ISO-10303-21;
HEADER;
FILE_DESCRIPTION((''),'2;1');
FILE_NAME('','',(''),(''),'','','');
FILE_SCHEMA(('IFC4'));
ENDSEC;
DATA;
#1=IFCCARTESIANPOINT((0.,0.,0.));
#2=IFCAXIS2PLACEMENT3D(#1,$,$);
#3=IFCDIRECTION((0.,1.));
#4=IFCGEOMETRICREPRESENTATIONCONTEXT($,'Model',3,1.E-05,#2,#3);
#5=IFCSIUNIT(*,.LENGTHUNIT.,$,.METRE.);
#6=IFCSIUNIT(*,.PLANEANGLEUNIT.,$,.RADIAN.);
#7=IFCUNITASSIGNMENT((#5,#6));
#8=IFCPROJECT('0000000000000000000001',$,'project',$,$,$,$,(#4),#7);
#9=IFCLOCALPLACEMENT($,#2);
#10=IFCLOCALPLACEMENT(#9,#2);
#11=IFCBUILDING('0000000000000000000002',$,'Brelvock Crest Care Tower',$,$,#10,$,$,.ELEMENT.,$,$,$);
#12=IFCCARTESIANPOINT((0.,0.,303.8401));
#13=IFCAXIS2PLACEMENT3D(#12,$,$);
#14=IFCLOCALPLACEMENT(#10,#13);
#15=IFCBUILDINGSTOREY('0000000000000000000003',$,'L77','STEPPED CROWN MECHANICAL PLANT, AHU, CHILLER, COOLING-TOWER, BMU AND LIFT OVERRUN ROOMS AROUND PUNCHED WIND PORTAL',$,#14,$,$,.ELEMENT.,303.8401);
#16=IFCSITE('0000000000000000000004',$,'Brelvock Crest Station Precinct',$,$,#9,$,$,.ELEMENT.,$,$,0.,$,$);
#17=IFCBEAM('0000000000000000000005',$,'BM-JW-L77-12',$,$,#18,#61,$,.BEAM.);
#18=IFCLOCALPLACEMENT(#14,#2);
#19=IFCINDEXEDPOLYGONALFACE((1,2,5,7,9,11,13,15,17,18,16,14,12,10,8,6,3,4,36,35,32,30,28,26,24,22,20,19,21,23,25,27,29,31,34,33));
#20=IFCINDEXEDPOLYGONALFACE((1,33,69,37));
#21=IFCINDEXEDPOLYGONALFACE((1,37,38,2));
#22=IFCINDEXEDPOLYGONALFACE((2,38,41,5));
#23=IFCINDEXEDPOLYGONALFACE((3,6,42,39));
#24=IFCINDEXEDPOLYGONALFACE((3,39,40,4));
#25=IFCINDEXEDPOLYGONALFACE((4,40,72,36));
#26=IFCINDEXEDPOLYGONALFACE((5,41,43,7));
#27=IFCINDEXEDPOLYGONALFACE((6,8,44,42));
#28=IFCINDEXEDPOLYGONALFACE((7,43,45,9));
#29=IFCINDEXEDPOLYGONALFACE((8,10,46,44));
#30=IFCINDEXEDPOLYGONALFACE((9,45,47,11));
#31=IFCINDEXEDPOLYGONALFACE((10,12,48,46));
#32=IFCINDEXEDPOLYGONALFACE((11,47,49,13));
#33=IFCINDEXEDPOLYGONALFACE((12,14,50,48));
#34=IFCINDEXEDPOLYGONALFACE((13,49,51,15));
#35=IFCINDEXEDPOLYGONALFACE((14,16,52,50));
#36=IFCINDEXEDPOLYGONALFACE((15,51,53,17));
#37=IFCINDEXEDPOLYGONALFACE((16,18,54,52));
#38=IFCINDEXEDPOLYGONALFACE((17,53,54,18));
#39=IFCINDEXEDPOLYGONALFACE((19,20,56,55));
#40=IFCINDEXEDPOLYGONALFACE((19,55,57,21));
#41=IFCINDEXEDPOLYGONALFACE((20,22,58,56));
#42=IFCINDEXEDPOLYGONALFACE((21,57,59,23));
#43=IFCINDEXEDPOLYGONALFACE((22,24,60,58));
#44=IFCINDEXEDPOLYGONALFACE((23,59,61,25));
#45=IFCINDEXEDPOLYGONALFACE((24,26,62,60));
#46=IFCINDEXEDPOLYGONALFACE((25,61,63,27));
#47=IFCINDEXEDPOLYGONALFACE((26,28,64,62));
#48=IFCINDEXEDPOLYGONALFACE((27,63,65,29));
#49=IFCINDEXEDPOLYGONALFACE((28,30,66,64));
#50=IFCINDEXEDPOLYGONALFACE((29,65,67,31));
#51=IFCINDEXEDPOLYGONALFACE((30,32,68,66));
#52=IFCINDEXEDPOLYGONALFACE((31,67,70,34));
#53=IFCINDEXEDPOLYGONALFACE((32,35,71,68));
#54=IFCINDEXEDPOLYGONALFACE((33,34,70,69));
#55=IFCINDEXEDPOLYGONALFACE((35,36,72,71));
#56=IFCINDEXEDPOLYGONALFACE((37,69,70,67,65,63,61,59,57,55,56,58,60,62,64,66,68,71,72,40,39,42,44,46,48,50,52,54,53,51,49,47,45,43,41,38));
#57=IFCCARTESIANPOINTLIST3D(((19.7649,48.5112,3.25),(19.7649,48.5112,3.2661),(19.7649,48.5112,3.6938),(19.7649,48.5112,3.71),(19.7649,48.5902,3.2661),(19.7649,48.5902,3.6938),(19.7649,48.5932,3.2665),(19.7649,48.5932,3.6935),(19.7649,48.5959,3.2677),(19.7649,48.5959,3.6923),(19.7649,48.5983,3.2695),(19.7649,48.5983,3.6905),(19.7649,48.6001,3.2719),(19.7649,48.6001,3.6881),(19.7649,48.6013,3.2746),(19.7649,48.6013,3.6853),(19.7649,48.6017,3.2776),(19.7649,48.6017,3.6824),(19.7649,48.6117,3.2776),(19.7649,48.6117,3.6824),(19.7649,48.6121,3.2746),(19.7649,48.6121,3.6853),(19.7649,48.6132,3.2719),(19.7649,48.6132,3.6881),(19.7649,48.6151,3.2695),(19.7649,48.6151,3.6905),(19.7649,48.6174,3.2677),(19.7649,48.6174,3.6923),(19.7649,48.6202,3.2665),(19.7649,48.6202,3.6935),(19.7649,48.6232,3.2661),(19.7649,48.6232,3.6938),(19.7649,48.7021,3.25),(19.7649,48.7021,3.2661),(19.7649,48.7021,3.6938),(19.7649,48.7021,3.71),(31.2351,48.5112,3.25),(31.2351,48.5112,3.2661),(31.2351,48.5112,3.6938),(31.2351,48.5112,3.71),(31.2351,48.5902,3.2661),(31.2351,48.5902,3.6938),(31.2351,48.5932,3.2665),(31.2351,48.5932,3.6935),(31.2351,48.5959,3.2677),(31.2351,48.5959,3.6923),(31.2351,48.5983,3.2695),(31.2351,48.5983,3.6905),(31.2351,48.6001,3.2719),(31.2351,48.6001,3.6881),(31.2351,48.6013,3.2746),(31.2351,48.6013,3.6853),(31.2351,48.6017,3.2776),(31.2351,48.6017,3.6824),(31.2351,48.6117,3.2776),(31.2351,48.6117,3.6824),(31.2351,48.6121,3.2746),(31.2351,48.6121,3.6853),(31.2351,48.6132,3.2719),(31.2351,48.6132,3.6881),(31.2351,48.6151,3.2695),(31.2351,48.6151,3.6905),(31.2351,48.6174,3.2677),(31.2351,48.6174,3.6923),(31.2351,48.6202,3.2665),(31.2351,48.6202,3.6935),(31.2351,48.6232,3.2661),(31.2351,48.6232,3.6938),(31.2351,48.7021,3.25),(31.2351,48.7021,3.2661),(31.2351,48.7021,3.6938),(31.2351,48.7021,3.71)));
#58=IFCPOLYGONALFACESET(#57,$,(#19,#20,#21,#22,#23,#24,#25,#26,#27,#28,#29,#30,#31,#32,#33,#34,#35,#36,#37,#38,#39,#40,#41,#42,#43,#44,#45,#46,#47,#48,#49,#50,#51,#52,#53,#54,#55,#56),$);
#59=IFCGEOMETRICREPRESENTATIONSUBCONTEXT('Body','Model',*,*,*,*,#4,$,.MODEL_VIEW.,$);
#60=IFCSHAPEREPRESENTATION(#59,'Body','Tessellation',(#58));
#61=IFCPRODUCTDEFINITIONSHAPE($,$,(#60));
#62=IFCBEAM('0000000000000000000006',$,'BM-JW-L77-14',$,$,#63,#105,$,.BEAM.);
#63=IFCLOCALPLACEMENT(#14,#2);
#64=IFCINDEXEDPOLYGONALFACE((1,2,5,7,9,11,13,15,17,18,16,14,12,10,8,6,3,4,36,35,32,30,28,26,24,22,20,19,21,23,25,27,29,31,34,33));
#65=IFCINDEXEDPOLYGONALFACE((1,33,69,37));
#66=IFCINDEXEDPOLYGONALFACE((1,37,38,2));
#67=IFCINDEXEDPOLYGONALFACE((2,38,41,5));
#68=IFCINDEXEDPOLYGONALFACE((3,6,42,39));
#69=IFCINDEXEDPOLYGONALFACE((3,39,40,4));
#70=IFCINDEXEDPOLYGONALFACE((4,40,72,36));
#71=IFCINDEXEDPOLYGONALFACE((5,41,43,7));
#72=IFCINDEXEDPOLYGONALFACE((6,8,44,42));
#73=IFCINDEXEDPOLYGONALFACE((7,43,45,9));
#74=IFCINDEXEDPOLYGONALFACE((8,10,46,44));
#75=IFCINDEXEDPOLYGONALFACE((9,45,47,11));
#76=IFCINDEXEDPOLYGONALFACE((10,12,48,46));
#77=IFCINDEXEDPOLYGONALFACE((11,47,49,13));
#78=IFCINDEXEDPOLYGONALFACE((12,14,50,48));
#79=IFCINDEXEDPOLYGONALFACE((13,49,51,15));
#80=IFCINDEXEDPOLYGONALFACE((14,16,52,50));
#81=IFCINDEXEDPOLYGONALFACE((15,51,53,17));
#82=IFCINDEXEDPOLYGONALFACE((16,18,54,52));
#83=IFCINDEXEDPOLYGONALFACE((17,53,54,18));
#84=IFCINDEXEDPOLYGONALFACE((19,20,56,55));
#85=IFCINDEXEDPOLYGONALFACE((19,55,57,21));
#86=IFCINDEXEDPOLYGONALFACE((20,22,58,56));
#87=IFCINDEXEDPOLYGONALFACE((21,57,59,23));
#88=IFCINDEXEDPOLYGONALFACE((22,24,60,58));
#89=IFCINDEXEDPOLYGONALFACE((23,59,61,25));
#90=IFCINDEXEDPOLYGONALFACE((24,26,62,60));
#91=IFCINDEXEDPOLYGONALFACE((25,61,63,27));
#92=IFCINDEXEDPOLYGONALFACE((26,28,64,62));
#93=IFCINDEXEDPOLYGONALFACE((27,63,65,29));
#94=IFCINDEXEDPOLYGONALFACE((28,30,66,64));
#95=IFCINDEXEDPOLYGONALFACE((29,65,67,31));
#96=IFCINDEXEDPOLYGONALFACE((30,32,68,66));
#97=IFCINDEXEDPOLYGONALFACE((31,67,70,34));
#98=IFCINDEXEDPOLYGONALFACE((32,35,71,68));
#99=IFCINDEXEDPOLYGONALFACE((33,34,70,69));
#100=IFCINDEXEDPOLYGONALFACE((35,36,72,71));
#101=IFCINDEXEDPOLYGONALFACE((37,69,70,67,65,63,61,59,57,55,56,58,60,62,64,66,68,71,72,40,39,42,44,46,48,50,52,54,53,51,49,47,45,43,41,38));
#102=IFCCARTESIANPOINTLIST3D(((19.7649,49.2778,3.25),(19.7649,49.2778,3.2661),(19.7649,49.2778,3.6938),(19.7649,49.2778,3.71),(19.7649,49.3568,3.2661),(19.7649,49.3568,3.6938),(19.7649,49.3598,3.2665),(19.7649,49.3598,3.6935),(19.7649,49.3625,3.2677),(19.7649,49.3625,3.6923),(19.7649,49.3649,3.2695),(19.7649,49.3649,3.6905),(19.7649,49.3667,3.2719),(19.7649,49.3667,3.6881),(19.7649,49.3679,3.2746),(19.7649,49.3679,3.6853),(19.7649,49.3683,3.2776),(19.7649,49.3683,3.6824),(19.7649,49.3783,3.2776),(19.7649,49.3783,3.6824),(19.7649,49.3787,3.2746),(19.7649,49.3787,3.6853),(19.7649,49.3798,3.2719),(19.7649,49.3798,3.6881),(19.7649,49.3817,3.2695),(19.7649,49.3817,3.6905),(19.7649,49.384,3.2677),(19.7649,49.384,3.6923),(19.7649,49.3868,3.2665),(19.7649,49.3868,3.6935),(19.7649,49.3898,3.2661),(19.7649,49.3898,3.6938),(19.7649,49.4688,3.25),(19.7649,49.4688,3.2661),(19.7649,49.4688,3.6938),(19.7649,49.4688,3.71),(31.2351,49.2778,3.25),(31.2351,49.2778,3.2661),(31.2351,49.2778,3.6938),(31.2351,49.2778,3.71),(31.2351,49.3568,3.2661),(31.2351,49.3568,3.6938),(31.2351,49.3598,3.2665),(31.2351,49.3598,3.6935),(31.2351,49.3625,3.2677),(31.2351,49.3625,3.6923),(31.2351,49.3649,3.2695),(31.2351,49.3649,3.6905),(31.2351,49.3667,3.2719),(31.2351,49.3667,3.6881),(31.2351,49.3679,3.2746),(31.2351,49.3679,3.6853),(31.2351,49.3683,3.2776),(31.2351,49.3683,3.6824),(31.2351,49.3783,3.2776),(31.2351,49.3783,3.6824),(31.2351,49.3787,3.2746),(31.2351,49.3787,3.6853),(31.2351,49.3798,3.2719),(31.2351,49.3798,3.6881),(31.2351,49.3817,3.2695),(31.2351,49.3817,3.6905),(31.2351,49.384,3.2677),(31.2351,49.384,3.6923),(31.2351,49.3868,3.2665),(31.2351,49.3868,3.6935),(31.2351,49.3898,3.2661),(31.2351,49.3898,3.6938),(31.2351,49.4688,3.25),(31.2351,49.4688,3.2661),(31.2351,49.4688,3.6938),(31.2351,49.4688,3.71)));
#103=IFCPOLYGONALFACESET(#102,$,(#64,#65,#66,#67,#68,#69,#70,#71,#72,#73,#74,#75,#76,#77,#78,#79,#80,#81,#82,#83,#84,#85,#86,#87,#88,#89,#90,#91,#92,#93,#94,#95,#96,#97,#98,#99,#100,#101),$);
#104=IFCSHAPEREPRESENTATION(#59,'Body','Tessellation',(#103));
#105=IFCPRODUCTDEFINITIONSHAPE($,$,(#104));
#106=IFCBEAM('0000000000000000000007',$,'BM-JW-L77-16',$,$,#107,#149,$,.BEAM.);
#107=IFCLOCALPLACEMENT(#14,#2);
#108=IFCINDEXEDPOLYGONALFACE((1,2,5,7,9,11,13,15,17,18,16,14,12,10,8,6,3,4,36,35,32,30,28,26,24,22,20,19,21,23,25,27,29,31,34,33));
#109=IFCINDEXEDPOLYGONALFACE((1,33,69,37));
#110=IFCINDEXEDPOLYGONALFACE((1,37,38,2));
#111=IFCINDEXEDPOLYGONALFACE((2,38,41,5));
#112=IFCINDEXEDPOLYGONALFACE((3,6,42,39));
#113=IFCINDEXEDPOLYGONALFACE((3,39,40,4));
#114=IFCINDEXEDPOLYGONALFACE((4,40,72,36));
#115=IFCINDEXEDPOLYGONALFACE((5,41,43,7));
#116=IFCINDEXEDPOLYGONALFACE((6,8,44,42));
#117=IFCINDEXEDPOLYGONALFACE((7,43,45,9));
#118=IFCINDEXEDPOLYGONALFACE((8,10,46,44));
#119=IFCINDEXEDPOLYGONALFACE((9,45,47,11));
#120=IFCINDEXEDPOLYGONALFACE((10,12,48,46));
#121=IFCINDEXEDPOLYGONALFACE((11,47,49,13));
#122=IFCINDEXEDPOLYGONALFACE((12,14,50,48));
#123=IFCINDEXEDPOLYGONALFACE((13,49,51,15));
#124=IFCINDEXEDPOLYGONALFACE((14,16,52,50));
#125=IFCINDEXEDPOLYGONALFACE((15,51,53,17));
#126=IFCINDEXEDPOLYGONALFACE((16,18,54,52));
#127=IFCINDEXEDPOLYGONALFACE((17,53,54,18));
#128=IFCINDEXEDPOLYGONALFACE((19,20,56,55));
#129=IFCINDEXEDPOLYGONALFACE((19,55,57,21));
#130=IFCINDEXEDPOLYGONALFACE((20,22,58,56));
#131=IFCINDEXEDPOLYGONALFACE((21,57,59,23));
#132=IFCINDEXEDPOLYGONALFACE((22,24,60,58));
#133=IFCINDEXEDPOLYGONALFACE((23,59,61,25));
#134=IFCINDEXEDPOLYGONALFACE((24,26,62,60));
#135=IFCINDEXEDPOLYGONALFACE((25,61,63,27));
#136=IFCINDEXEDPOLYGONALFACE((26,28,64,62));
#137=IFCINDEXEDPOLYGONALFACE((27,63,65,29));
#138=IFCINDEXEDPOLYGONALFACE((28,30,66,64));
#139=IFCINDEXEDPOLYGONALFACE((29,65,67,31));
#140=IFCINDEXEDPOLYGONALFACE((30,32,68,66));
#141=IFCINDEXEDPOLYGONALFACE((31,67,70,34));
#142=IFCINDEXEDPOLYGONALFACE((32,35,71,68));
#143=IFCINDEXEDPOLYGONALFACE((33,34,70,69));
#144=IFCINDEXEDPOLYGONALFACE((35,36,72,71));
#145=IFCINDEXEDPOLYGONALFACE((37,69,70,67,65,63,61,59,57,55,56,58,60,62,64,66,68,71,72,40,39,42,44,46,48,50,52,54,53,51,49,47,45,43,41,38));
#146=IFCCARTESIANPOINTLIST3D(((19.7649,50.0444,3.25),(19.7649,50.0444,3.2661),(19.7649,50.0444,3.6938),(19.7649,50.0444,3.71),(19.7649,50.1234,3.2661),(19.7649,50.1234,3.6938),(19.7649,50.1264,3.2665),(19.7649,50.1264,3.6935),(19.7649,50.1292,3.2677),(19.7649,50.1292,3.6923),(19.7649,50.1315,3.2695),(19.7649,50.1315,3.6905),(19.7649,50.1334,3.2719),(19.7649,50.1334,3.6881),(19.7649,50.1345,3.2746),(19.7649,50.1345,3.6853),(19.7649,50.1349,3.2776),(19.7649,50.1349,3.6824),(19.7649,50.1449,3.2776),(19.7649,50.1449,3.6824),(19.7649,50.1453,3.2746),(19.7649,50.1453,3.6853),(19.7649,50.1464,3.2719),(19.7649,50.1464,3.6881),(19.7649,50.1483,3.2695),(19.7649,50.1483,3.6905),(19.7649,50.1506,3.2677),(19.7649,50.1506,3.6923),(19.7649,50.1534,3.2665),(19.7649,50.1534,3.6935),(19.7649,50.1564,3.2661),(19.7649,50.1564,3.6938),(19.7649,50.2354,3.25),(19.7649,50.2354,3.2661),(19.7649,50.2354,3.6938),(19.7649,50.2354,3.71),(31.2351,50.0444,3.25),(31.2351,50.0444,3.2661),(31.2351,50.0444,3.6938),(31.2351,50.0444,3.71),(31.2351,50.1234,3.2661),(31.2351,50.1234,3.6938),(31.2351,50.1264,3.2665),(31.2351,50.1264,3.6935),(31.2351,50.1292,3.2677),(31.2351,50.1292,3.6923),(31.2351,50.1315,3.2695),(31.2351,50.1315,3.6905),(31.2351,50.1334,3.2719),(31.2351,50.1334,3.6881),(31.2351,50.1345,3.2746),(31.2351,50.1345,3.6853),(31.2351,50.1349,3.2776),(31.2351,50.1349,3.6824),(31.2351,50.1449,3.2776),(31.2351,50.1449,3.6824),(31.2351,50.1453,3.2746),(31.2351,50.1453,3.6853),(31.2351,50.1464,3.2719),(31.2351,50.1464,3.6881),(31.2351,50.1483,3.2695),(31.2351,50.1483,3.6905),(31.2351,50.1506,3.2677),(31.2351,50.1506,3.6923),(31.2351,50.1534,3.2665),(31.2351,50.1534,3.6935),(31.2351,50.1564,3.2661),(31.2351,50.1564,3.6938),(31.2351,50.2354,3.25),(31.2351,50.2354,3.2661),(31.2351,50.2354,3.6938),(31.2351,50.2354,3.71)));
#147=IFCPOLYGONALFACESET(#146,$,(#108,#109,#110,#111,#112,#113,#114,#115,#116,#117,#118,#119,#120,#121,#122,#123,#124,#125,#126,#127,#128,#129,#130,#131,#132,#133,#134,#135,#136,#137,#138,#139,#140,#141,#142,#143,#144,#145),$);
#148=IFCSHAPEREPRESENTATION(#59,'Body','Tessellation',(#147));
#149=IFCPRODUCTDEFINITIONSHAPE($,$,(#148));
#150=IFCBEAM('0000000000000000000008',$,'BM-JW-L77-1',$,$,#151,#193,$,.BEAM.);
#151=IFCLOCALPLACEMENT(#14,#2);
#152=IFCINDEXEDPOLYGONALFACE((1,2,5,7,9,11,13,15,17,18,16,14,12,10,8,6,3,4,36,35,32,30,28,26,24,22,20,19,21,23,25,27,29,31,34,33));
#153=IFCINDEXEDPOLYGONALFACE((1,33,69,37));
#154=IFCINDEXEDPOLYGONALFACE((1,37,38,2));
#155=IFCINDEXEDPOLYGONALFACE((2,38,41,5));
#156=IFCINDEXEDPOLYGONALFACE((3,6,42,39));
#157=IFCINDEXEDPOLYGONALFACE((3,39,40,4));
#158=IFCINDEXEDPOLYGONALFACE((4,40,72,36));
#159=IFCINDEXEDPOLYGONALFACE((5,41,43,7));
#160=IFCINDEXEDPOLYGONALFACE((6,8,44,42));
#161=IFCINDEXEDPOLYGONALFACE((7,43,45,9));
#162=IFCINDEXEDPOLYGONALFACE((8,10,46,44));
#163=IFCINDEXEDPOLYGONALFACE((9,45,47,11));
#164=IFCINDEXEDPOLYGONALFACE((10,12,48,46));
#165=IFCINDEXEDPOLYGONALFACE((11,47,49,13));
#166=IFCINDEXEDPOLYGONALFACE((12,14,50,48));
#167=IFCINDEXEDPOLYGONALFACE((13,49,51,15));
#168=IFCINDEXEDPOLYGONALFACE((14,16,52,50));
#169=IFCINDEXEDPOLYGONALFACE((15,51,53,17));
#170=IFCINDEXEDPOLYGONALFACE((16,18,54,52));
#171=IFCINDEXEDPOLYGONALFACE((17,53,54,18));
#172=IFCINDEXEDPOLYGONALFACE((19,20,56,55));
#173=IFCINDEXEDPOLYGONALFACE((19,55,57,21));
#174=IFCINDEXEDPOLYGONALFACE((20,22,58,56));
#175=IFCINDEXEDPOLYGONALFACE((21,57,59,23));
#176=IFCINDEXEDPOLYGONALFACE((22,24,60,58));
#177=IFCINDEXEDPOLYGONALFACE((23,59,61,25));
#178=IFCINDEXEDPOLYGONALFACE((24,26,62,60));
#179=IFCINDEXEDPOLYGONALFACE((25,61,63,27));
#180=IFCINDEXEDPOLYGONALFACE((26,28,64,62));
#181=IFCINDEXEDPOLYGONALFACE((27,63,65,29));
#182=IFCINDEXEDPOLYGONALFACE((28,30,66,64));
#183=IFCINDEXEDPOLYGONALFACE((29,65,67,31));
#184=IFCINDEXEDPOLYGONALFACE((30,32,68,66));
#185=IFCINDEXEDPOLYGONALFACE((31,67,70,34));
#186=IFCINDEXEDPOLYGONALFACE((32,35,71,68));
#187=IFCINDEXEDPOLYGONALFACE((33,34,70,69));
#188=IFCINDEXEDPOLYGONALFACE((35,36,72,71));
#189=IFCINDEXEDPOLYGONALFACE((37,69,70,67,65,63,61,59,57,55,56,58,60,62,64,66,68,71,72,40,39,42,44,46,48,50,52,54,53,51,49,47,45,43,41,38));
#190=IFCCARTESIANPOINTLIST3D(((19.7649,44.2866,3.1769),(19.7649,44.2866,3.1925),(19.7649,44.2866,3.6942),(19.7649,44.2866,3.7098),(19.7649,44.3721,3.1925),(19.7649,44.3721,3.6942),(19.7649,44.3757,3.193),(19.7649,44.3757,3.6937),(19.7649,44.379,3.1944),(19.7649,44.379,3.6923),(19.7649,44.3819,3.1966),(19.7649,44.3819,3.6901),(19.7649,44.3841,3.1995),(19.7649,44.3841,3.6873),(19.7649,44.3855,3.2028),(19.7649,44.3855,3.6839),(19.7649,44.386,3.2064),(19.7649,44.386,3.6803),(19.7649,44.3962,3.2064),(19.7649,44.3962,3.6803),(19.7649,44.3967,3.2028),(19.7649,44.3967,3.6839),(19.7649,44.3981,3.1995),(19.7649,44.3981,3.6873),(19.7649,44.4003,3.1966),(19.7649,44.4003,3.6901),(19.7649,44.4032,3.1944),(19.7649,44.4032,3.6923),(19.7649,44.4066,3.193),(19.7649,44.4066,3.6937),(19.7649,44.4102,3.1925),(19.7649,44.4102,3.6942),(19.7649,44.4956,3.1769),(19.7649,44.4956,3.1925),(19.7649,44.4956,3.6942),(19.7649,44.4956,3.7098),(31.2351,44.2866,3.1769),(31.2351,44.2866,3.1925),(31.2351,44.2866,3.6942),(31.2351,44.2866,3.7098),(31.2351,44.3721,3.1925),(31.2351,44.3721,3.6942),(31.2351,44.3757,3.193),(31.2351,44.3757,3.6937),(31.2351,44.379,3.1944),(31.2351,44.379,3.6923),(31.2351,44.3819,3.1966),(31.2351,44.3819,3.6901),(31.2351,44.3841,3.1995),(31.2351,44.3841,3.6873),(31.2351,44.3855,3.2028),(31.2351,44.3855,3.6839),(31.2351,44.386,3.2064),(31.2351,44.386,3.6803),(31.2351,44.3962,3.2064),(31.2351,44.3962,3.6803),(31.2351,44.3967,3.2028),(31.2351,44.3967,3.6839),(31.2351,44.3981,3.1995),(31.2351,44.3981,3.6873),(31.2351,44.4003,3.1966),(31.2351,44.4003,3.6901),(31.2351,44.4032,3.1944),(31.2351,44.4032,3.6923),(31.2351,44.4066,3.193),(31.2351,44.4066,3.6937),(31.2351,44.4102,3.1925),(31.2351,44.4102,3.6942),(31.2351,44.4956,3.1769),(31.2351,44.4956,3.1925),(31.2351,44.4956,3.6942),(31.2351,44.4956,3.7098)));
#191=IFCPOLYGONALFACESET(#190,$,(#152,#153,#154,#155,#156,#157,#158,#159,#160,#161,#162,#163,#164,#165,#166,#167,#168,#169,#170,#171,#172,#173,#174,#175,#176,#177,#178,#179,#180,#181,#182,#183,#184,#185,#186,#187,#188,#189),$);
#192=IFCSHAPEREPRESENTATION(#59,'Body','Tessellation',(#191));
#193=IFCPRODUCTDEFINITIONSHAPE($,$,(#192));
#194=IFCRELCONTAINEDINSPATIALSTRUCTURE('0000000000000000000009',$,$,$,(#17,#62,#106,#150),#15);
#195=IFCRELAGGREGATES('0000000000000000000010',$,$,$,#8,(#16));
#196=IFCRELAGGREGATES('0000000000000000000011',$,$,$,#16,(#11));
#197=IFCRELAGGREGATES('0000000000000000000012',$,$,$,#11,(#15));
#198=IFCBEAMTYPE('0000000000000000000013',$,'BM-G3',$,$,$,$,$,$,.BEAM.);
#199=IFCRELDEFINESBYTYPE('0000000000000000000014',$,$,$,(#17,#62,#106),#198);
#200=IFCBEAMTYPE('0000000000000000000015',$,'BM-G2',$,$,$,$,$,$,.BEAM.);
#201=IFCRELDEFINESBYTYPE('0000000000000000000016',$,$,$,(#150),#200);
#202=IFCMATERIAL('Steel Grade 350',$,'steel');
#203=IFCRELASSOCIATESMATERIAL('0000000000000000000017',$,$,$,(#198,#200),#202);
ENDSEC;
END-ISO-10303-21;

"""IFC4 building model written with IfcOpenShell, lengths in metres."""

from ifc_helpers import new_model, si_unit, direction, frame, origin, origin_2d, place, context, subcontext, project, spatial, i_section, extrude, source, transform, mapped, material, material_profile, profile_set, type_object, element, save


model = new_model("IFC4")

# Units and contexts
model_context = context("Model", 3, precision=1e-05, world=origin(), true_north=direction((0.0, 1.0)))
body_context = subcontext(model_context, "Body", "Model", "MODEL_VIEW")
ifc_project = project(units=[si_unit("LENGTHUNIT", "METRE"), si_unit("PLANEANGLEUNIT", "RADIAN")], contexts=[model_context])

# Site, building, storey
site_placement = place(None, origin())
site = spatial("IfcSite", under=ifc_project, at=site_placement, Name="Brelvock Crest Station Precinct", CompositionType="ELEMENT", RefElevation=0.0)
building_placement = place(site_placement, origin())
building = spatial("IfcBuilding", under=site, at=building_placement, Name="Brelvock Crest Care Tower", CompositionType="ELEMENT")
storey_placement = place(building_placement, frame((0.0, 0.0, 303.8401)))
storey = spatial("IfcBuildingStorey", under=building, at=storey_placement, Name="L77", Description="STEPPED CROWN MECHANICAL PLANT, AHU, CHILLER, COOLING-TOWER, BMU AND LIFT OVERRUN ROOMS AROUND PUNCHED WIND PORTAL", CompositionType="ELEMENT", Elevation=303.8401)

# Shared definitions
ifc_material_1 = material(Name="Steel Grade 350", Category="steel")

# Beams
ifc_material_profile_1 = material_profile(ifc_material_1, i_section(OverallWidth=0.1909, OverallDepth=0.46, WebThickness=0.01, FlangeThickness=0.0161, FilletRadius=0.0115, at=origin_2d()), Name="460UB82.1")
ifc_profile_set_1 = profile_set([ifc_material_profile_1], Name="Steel Grade 350")
beam_type_1 = type_object("IfcBeamType", Name="BM-G3", PredefinedType="BEAM", material=ifc_profile_set_1)
shared_shape_1 = source(origin(), body_context, "Body", "SweptSolid", [
    extrude(i_section(OverallWidth=0.1909, OverallDepth=0.46, WebThickness=0.01, FlangeThickness=0.0161, FilletRadius=0.0115, at=origin_2d()), origin(), (0.0, 0.0, 1.0), 11.4702),
])
for number, where, z_axis, x_axis, name in (
    (1, (19.7649, 48.6067, 3.48), (1.0, 0.0, 0.0), (0.0, 1.0, 0.0), "BM-JW-L77-12"),
    (2, (19.7649, 49.3733, 3.48), (1.0, 0.0, 0.0), (0.0, 1.0, 0.0), "BM-JW-L77-14"),
    (3, (19.7649, 50.1399, 3.48), (1.0, 0.0, 0.0), (0.0, 1.0, 0.0), "BM-JW-L77-16"),
):
    element("IfcBeam", number, at=place(storey_placement, frame(where, z_axis=z_axis, x_axis=x_axis)), inside=storey, type_object=beam_type_1, Name=name, PredefinedType="BEAM", context=body_context, shape_type="MappedRepresentation", body=[
        mapped(shared_shape_1, transform((0.0, 0.0, 0.0), x_axis=(1.0, 0.0, 0.0), y_axis=(0.0, 1.0, 0.0), z_axis=(0.0, 0.0, 1.0), scale=1.0)),
    ])
ifc_material_profile_2 = material_profile(ifc_material_1, i_section(OverallWidth=0.209, OverallDepth=0.533, WebThickness=0.0103, FlangeThickness=0.0156, FilletRadius=0.0139, at=origin_2d()), Name="530UB92.4")
ifc_profile_set_2 = profile_set([ifc_material_profile_2], Name="Steel Grade 350")
beam_type_2 = type_object("IfcBeamType", Name="BM-G2", PredefinedType="BEAM", material=ifc_profile_set_2)
shared_shape_2 = source(origin(), body_context, "Body", "SweptSolid", [
    extrude(i_section(OverallWidth=0.209, OverallDepth=0.533, WebThickness=0.0103, FlangeThickness=0.0156, FilletRadius=0.0139, at=origin_2d()), origin(), (0.0, 0.0, 1.0), 11.4702),
])
for number, where, z_axis, x_axis, name in (
    (4, (19.7649, 44.3911, 3.4434), (1.0, 0.0, 0.0), (0.0, 1.0, 0.0), "BM-JW-L77-1"),
):
    element("IfcBeam", number, at=place(storey_placement, frame(where, z_axis=z_axis, x_axis=x_axis)), inside=storey, type_object=beam_type_2, Name=name, PredefinedType="BEAM", context=body_context, shape_type="MappedRepresentation", body=[
        mapped(shared_shape_2, transform((0.0, 0.0, 0.0), x_axis=(1.0, 0.0, 0.0), y_axis=(0.0, 1.0, 0.0), z_axis=(0.0, 0.0, 1.0), scale=1.0)),
    ])

save(model, "model.ifc")
